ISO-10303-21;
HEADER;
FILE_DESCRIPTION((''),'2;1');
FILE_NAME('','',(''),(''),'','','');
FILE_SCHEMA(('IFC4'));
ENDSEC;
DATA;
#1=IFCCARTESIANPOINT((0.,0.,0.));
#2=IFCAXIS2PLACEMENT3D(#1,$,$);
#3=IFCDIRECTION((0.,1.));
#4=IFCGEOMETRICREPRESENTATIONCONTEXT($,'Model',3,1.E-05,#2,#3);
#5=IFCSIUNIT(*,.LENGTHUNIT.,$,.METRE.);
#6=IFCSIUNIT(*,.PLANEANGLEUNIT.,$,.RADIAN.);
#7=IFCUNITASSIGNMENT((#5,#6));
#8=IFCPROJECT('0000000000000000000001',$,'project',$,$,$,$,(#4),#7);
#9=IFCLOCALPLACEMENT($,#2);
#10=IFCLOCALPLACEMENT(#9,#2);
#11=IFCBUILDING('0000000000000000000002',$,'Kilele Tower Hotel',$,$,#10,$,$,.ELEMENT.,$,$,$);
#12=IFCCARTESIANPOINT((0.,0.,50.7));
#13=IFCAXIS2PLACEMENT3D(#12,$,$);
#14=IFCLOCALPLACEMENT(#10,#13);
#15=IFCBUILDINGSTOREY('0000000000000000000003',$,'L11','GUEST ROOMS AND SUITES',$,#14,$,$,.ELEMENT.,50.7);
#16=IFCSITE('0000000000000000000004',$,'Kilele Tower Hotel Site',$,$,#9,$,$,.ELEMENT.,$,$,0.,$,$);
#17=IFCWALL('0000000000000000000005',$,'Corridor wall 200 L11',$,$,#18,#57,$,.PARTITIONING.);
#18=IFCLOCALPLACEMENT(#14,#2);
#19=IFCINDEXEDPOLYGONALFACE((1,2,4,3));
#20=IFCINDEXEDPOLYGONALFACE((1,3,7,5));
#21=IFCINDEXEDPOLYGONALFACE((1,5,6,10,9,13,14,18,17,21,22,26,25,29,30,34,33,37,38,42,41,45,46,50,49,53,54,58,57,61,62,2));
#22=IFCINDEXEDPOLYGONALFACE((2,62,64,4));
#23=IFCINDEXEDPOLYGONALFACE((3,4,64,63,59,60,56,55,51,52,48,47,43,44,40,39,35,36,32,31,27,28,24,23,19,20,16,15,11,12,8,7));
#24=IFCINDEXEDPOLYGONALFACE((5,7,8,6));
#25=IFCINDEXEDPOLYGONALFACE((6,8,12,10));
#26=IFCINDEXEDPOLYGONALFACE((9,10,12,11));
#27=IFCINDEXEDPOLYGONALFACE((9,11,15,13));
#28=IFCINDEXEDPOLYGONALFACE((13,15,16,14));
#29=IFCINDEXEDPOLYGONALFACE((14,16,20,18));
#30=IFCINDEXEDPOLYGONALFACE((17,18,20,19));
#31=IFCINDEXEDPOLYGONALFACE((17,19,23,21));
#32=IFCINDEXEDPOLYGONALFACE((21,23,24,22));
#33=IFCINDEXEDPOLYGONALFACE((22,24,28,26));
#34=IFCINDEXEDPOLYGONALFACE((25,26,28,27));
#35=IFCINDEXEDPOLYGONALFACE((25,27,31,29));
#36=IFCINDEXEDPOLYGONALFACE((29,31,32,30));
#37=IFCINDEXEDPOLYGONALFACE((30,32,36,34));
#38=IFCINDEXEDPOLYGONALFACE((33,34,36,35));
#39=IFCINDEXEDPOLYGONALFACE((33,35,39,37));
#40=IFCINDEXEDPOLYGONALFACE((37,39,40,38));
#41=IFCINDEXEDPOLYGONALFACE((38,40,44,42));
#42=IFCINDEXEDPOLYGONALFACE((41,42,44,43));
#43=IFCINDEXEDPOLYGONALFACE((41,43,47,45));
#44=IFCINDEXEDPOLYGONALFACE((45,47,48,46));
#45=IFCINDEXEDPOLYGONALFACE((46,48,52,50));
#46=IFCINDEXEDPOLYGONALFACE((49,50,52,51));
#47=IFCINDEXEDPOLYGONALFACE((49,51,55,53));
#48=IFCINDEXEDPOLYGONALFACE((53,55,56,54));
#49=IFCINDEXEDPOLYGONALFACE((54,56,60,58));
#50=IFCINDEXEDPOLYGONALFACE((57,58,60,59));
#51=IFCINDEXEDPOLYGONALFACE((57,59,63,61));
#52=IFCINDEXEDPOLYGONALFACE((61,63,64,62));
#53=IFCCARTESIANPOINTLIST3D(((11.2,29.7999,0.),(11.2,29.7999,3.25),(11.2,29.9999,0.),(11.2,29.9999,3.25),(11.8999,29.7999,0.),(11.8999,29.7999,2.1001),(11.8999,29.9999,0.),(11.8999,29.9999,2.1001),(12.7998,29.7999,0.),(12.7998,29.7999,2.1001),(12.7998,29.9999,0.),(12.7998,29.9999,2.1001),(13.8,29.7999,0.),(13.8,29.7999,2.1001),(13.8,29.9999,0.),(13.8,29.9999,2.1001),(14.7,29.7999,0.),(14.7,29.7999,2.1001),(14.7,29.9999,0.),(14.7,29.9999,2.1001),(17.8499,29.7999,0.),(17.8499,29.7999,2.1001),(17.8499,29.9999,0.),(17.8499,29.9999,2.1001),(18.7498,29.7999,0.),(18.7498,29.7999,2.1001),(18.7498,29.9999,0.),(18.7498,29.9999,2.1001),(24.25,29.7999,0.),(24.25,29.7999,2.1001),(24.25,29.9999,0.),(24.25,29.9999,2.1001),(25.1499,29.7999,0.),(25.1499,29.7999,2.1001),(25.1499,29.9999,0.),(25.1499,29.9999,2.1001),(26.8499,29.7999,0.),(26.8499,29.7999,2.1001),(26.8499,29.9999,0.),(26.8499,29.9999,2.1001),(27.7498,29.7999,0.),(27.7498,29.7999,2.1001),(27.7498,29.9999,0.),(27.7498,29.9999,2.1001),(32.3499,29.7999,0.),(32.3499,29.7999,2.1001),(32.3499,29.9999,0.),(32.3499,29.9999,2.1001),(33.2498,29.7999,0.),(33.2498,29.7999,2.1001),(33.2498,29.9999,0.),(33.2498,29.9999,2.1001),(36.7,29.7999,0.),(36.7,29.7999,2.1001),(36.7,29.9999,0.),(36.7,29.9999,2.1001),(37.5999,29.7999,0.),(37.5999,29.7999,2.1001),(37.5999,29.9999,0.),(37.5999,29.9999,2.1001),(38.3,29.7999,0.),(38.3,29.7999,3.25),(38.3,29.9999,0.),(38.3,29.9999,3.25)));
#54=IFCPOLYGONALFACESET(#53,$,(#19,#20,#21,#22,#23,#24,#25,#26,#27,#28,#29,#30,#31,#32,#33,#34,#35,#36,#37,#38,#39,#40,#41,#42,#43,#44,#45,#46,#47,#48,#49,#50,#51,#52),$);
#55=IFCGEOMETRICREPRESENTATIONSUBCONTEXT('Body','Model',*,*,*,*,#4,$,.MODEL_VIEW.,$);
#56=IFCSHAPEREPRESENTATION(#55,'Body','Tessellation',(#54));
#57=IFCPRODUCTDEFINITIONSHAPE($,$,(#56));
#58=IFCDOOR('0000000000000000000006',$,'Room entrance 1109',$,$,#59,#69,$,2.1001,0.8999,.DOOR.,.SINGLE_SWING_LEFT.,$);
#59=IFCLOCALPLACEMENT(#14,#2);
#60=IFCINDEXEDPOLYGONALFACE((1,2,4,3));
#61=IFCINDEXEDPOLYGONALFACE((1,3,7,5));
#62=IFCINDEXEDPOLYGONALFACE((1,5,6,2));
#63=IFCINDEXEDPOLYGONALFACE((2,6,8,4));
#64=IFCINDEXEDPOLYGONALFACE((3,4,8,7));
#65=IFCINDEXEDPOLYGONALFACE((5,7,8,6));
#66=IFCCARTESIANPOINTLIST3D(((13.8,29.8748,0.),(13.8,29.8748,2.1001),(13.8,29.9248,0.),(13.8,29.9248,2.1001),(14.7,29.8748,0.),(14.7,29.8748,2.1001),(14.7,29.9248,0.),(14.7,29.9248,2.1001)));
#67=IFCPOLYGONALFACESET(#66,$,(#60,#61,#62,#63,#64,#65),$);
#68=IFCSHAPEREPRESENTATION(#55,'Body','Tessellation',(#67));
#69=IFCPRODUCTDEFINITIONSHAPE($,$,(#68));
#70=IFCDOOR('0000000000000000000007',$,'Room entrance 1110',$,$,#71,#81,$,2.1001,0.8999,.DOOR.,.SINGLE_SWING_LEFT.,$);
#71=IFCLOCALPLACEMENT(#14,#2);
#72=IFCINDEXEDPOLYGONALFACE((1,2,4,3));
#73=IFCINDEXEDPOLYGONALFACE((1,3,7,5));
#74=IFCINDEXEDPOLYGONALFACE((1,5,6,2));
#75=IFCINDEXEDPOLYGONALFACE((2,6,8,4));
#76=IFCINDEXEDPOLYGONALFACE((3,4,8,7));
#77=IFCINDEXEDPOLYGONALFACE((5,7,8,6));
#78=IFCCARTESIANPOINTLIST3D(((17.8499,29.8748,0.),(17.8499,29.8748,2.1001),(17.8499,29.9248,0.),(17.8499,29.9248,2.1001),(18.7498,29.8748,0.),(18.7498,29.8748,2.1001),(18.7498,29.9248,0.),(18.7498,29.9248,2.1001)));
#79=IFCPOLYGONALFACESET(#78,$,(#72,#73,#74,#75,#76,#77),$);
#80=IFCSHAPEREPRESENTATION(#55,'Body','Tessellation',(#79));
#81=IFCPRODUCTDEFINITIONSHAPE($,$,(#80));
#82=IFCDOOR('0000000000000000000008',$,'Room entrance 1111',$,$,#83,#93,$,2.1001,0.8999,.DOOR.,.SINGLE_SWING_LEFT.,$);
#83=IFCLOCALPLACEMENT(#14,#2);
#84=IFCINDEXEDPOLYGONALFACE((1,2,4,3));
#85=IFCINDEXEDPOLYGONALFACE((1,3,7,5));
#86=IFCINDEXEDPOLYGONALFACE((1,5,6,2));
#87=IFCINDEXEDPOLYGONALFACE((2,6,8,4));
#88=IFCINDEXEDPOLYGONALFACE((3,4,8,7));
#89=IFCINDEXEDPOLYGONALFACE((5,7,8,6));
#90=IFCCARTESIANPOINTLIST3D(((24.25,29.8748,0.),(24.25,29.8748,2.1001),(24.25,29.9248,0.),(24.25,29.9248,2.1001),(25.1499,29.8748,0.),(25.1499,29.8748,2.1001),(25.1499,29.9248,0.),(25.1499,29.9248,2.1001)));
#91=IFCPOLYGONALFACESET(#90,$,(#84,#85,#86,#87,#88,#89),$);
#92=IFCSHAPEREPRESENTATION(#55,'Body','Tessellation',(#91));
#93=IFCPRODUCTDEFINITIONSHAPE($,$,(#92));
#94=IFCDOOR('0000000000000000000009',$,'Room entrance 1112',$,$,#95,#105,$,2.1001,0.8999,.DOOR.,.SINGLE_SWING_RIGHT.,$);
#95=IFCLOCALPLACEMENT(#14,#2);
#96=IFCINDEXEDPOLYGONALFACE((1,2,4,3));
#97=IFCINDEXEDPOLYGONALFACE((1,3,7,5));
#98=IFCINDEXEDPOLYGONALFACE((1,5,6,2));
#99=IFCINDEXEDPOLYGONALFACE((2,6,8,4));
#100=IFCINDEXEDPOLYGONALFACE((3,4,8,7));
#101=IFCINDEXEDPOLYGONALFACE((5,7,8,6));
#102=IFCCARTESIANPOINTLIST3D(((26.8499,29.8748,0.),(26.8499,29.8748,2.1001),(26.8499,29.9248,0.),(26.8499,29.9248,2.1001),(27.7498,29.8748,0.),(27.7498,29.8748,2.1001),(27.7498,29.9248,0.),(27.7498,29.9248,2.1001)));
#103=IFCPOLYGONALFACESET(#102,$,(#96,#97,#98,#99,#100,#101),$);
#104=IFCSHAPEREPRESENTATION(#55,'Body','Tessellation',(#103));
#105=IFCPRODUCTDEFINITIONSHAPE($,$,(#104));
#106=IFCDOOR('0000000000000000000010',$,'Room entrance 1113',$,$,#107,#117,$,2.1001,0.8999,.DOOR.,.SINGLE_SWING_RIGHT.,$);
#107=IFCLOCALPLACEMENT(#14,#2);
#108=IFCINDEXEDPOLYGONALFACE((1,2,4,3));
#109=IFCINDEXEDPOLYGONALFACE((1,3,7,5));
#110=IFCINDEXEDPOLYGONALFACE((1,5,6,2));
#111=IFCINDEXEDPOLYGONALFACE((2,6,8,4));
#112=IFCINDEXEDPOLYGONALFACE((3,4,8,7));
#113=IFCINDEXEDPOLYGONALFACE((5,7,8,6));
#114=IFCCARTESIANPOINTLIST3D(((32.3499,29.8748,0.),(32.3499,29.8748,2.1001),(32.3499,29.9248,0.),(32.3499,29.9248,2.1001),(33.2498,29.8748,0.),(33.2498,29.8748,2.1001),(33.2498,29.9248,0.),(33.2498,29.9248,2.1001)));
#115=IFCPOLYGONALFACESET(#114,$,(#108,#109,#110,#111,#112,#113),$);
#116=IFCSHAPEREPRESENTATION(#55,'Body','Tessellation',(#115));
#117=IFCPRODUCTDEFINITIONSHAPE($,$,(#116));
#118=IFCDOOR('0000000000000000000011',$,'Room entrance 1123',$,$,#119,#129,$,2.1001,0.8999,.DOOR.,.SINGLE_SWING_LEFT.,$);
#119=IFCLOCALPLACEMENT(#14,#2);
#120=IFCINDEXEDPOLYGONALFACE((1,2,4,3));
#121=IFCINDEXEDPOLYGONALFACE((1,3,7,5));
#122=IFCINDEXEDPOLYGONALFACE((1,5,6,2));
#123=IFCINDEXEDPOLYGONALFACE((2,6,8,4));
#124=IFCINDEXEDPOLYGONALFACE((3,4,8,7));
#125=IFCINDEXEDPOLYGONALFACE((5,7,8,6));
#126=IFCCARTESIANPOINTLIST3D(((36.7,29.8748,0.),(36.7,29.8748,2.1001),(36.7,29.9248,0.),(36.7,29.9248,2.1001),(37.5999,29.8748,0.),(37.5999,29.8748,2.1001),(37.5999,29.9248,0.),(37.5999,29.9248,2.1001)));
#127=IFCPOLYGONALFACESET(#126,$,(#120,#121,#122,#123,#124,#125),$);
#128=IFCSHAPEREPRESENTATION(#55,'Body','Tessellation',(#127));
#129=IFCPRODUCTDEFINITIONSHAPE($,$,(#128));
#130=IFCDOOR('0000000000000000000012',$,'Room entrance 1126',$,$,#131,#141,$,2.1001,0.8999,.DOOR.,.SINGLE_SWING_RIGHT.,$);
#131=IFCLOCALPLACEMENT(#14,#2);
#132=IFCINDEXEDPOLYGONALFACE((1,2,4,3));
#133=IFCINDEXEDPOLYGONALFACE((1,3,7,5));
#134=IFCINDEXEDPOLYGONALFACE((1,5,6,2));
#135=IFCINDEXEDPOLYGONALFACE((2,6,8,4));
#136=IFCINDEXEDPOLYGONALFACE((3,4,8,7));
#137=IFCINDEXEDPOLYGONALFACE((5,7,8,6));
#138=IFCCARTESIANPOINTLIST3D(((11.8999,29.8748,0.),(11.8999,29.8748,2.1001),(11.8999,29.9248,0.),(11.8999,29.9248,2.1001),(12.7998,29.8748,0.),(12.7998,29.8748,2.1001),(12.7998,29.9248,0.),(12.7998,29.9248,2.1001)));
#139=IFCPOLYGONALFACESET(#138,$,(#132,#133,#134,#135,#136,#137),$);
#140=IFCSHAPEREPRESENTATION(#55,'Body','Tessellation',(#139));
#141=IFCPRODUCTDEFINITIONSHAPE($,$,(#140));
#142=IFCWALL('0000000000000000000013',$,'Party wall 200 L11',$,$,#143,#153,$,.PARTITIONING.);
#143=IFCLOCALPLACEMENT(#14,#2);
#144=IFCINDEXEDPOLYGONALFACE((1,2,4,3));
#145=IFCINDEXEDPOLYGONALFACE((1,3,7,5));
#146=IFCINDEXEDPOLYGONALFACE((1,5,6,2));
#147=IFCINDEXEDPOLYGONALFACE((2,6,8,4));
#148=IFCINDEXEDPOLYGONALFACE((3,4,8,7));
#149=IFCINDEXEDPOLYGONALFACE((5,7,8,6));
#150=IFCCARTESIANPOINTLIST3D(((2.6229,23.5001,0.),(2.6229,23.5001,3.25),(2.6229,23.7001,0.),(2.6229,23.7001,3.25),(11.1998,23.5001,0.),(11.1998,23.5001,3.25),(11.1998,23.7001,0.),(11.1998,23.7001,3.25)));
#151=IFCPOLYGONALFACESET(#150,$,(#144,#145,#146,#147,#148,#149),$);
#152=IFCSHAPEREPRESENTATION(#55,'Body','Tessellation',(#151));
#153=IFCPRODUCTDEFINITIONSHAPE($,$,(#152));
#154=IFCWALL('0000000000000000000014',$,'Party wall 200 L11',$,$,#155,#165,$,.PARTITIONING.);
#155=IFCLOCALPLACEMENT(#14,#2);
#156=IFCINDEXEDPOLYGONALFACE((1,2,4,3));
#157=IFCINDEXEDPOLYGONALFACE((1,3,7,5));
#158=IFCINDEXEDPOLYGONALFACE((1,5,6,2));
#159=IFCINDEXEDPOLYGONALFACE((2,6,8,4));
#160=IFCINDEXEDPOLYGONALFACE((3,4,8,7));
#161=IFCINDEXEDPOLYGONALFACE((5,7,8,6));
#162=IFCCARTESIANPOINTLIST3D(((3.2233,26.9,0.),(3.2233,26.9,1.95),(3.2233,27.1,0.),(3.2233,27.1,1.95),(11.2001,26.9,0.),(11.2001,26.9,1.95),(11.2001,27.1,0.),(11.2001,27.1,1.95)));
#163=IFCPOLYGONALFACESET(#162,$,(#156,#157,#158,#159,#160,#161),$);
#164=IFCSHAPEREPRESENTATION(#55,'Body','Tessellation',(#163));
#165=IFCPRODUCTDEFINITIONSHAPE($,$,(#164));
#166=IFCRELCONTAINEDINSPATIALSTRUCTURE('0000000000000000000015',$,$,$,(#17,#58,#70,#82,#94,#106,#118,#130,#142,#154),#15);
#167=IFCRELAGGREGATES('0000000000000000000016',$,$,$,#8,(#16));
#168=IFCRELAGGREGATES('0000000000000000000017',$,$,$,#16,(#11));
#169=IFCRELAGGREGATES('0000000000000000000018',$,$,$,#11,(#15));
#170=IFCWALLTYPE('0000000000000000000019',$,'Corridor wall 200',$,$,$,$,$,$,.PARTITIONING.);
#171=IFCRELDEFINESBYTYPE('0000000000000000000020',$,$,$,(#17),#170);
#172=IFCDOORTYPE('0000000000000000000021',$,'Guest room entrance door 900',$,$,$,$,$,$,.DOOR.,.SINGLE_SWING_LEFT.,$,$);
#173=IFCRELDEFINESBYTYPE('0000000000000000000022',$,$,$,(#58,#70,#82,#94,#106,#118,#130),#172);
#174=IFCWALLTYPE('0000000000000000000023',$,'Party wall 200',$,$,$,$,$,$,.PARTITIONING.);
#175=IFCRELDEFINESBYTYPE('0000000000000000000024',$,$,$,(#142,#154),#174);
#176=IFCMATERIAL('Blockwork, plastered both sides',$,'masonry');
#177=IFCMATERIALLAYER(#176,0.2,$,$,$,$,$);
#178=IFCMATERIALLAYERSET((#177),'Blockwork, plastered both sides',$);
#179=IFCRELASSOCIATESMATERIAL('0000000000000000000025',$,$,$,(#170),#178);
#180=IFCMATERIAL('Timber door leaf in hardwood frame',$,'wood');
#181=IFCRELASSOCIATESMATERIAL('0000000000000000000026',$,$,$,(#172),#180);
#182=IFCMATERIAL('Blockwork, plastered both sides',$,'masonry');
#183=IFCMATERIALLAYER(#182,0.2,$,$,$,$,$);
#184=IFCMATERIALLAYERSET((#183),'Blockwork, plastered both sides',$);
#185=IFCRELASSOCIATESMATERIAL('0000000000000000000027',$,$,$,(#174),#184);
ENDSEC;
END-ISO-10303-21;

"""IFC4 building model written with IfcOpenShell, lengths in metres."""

from ifc_helpers import new_model, si_unit, direction, frame, frame_2d, origin, place, context, subcontext, project, spatial, rectangle, extrude, material, layer, layer_set, type_object, element, fill, save


model = new_model("IFC4")

# Units and contexts
model_context = context("Model", 3, precision=1e-05, world=origin(), true_north=direction((0.0, 1.0)))
body_context = subcontext(model_context, "Body", "Model", "MODEL_VIEW")
ifc_project = project(units=[si_unit("LENGTHUNIT", "METRE"), si_unit("PLANEANGLEUNIT", "RADIAN")], contexts=[model_context])

# Site, building, storey
site_placement = place(None, origin())
site = spatial("IfcSite", under=ifc_project, at=site_placement, Name="Kilele Tower Hotel Site", CompositionType="ELEMENT", RefElevation=0.0)
building_placement = place(site_placement, origin())
building = spatial("IfcBuilding", under=site, at=building_placement, Name="Kilele Tower Hotel", CompositionType="ELEMENT")
storey_placement = place(building_placement, frame((0.0, 0.0, 50.7)))
storey = spatial("IfcBuildingStorey", under=building, at=storey_placement, Name="L11", Description="GUEST ROOMS AND SUITES", CompositionType="ELEMENT", Elevation=50.7)

# Wall, openings, doors
ifc_material_1 = material(Name="Blockwork, plastered both sides", Category="masonry")
ifc_layer_1 = layer(ifc_material_1, 0.2)
ifc_layer_set_1 = layer_set([ifc_layer_1], Name="Blockwork, plastered both sides")
wall_type_1 = type_object("IfcWallType", Name="Corridor wall 200", PredefinedType="PARTITIONING", material=ifc_layer_set_1)
wall_1_placement = place(storey_placement, frame((11.2, 29.8999, 0.0), z_axis=(0.0, 0.0, 1.0), x_axis=(1.0, 0.0, 0.0)))
wall_1 = element("IfcWall", 1, at=wall_1_placement, inside=storey, type_object=wall_type_1, Name="Corridor wall 200 L11", PredefinedType="PARTITIONING", context=body_context, shape_type="SweptSolid", body=[
    extrude(rectangle(XDim=27.1001, YDim=0.2, at=frame_2d((13.55, 0.0))), origin(), (0.0, 0.0, 1.0), 3.25),
])
opening_1_placement = place(wall_1_placement, frame((2.6001, 0.0, 0.0)))
opening_1 = element("IfcOpeningElement", 2, at=opening_1_placement, cuts=wall_1, PredefinedType="OPENING", context=body_context, shape_type="SweptSolid", body=[
    extrude(rectangle(XDim=0.8999, YDim=2.1001, at=frame_2d((0.45, 1.05))), frame((0.0, 0.1099, 0.0), z_axis=(0.0, -1.0, 0.0), x_axis=(1.0, 0.0, 0.0)), (0.0, 0.0, 1.0), 0.22),
])
opening_2_placement = place(wall_1_placement, frame((6.6499, 0.0, 0.0)))
opening_2 = element("IfcOpeningElement", 3, at=opening_2_placement, cuts=wall_1, PredefinedType="OPENING", context=body_context, shape_type="SweptSolid", body=[
    extrude(rectangle(XDim=0.8999, YDim=2.1001, at=frame_2d((0.45, 1.05))), frame((0.0, 0.1099, 0.0), z_axis=(0.0, -1.0, 0.0), x_axis=(1.0, 0.0, 0.0)), (0.0, 0.0, 1.0), 0.22),
])
opening_3_placement = place(wall_1_placement, frame((13.05, 0.0, 0.0)))
opening_3 = element("IfcOpeningElement", 4, at=opening_3_placement, cuts=wall_1, PredefinedType="OPENING", context=body_context, shape_type="SweptSolid", body=[
    extrude(rectangle(XDim=0.8999, YDim=2.1001, at=frame_2d((0.45, 1.05))), frame((0.0, 0.1099, 0.0), z_axis=(0.0, -1.0, 0.0), x_axis=(1.0, 0.0, 0.0)), (0.0, 0.0, 1.0), 0.22),
])
opening_4_placement = place(wall_1_placement, frame((15.6499, 0.0, 0.0)))
opening_4 = element("IfcOpeningElement", 5, at=opening_4_placement, cuts=wall_1, PredefinedType="OPENING", context=body_context, shape_type="SweptSolid", body=[
    extrude(rectangle(XDim=0.8999, YDim=2.1001, at=frame_2d((0.45, 1.05))), frame((0.0, 0.1099, 0.0), z_axis=(0.0, -1.0, 0.0), x_axis=(1.0, 0.0, 0.0)), (0.0, 0.0, 1.0), 0.22),
])
opening_5_placement = place(wall_1_placement, frame((21.1499, 0.0, 0.0)))
opening_5 = element("IfcOpeningElement", 6, at=opening_5_placement, cuts=wall_1, PredefinedType="OPENING", context=body_context, shape_type="SweptSolid", body=[
    extrude(rectangle(XDim=0.8999, YDim=2.1001, at=frame_2d((0.45, 1.05))), frame((0.0, 0.1099, 0.0), z_axis=(0.0, -1.0, 0.0), x_axis=(1.0, 0.0, 0.0)), (0.0, 0.0, 1.0), 0.22),
])
opening_6_placement = place(wall_1_placement, frame((25.5, 0.0, 0.0)))
opening_6 = element("IfcOpeningElement", 7, at=opening_6_placement, cuts=wall_1, PredefinedType="OPENING", context=body_context, shape_type="SweptSolid", body=[
    extrude(rectangle(XDim=0.8999, YDim=2.1001, at=frame_2d((0.45, 1.05))), frame((0.0, 0.1099, 0.0), z_axis=(0.0, -1.0, 0.0), x_axis=(1.0, 0.0, 0.0)), (0.0, 0.0, 1.0), 0.22),
])
opening_7_placement = place(wall_1_placement, frame((0.7, 0.0, 0.0)))
opening_7 = element("IfcOpeningElement", 8, at=opening_7_placement, cuts=wall_1, PredefinedType="OPENING", context=body_context, shape_type="SweptSolid", body=[
    extrude(rectangle(XDim=0.8999, YDim=2.1001, at=frame_2d((0.45, 1.05))), frame((0.0, 0.1099, 0.0), z_axis=(0.0, -1.0, 0.0), x_axis=(1.0, 0.0, 0.0)), (0.0, 0.0, 1.0), 0.22),
])
ifc_material_2 = material(Name="Timber door leaf in hardwood frame", Category="wood")
door_type_1 = type_object("IfcDoorType", Name="Guest room entrance door 900", OperationType="SINGLE_SWING_LEFT", PredefinedType="DOOR", material=ifc_material_2)
door_1_placement = place(opening_1_placement, origin())
door_1 = element("IfcDoor", 9, at=door_1_placement, inside=storey, type_object=door_type_1, Name="Room entrance 1109", OperationType="SINGLE_SWING_LEFT", OverallHeight=2.1001, OverallWidth=0.8999, PredefinedType="DOOR", context=body_context, shape_type="SweptSolid", body=[
    extrude(rectangle(XDim=0.8999, YDim=2.1001, at=frame_2d((0.45, 1.05))), frame((0.0, 0.0249, 0.0), z_axis=(0.0, -1.0, 0.0), x_axis=(1.0, 0.0, 0.0)), (0.0, 0.0, 1.0), 0.05),
])
fill(opening_1, door_1)
door_2_placement = place(opening_2_placement, origin())
door_2 = element("IfcDoor", 10, at=door_2_placement, inside=storey, type_object=door_type_1, Name="Room entrance 1110", OperationType="SINGLE_SWING_LEFT", OverallHeight=2.1001, OverallWidth=0.8999, PredefinedType="DOOR", context=body_context, shape_type="SweptSolid", body=[
    extrude(rectangle(XDim=0.8999, YDim=2.1001, at=frame_2d((0.45, 1.05))), frame((0.0, 0.0249, 0.0), z_axis=(0.0, -1.0, 0.0), x_axis=(1.0, 0.0, 0.0)), (0.0, 0.0, 1.0), 0.05),
])
fill(opening_2, door_2)
door_3_placement = place(opening_3_placement, origin())
door_3 = element("IfcDoor", 11, at=door_3_placement, inside=storey, type_object=door_type_1, Name="Room entrance 1111", OperationType="SINGLE_SWING_LEFT", OverallHeight=2.1001, OverallWidth=0.8999, PredefinedType="DOOR", context=body_context, shape_type="SweptSolid", body=[
    extrude(rectangle(XDim=0.8999, YDim=2.1001, at=frame_2d((0.45, 1.05))), frame((0.0, 0.0249, 0.0), z_axis=(0.0, -1.0, 0.0), x_axis=(1.0, 0.0, 0.0)), (0.0, 0.0, 1.0), 0.05),
])
fill(opening_3, door_3)
door_4_placement = place(opening_4_placement, origin())
door_4 = element("IfcDoor", 12, at=door_4_placement, inside=storey, type_object=door_type_1, Name="Room entrance 1112", OperationType="SINGLE_SWING_RIGHT", OverallHeight=2.1001, OverallWidth=0.8999, PredefinedType="DOOR", context=body_context, shape_type="SweptSolid", body=[
    extrude(rectangle(XDim=0.8999, YDim=2.1001, at=frame_2d((0.45, 1.05))), frame((0.0, 0.0249, 0.0), z_axis=(0.0, -1.0, 0.0), x_axis=(1.0, 0.0, 0.0)), (0.0, 0.0, 1.0), 0.05),
])
fill(opening_4, door_4)
door_5_placement = place(opening_5_placement, origin())
door_5 = element("IfcDoor", 13, at=door_5_placement, inside=storey, type_object=door_type_1, Name="Room entrance 1113", OperationType="SINGLE_SWING_RIGHT", OverallHeight=2.1001, OverallWidth=0.8999, PredefinedType="DOOR", context=body_context, shape_type="SweptSolid", body=[
    extrude(rectangle(XDim=0.8999, YDim=2.1001, at=frame_2d((0.45, 1.05))), frame((0.0, 0.0249, 0.0), z_axis=(0.0, -1.0, 0.0), x_axis=(1.0, 0.0, 0.0)), (0.0, 0.0, 1.0), 0.05),
])
fill(opening_5, door_5)
door_6_placement = place(opening_6_placement, origin())
door_6 = element("IfcDoor", 14, at=door_6_placement, inside=storey, type_object=door_type_1, Name="Room entrance 1123", OperationType="SINGLE_SWING_LEFT", OverallHeight=2.1001, OverallWidth=0.8999, PredefinedType="DOOR", context=body_context, shape_type="SweptSolid", body=[
    extrude(rectangle(XDim=0.8999, YDim=2.1001, at=frame_2d((0.45, 1.05))), frame((0.0, 0.0249, 0.0), z_axis=(0.0, -1.0, 0.0), x_axis=(1.0, 0.0, 0.0)), (0.0, 0.0, 1.0), 0.05),
])
fill(opening_6, door_6)
door_7_placement = place(opening_7_placement, origin())
door_7 = element("IfcDoor", 15, at=door_7_placement, inside=storey, type_object=door_type_1, Name="Room entrance 1126", OperationType="SINGLE_SWING_RIGHT", OverallHeight=2.1001, OverallWidth=0.8999, PredefinedType="DOOR", context=body_context, shape_type="SweptSolid", body=[
    extrude(rectangle(XDim=0.8999, YDim=2.1001, at=frame_2d((0.45, 1.05))), frame((0.0, 0.0249, 0.0), z_axis=(0.0, -1.0, 0.0), x_axis=(1.0, 0.0, 0.0)), (0.0, 0.0, 1.0), 0.05),
])
fill(opening_7, door_7)

# Walls
ifc_material_3 = material(Name="Blockwork, plastered both sides", Category="masonry")
ifc_layer_2 = layer(ifc_material_3, 0.2)
ifc_layer_set_2 = layer_set([ifc_layer_2], Name="Blockwork, plastered both sides")
wall_type_2 = type_object("IfcWallType", Name="Party wall 200", PredefinedType="PARTITIONING", material=ifc_layer_set_2)
wall_2_placement = place(storey_placement, frame((11.2, 23.6001, 0.0), z_axis=(0.0, 0.0, 1.0), x_axis=(-1.0, 0.0, 0.0)))
element("IfcWall", 16, at=wall_2_placement, inside=storey, type_object=wall_type_2, Name="Party wall 200 L11", PredefinedType="PARTITIONING", context=body_context, shape_type="SweptSolid", body=[
    extrude(rectangle(XDim=8.5769, YDim=0.2, at=frame_2d((4.2886, 0.0))), origin(), (0.0, 0.0, 1.0), 3.25),
])
wall_3_placement = place(storey_placement, frame((11.2, 27.0, 0.0), z_axis=(0.0, 0.0, 1.0), x_axis=(-1.0, 0.0, 0.0)))
element("IfcWall", 17, at=wall_3_placement, inside=storey, type_object=wall_type_2, Name="Party wall 200 L11", PredefinedType="PARTITIONING", context=body_context, shape_type="SweptSolid", body=[
    extrude(rectangle(XDim=7.9768, YDim=0.2, at=frame_2d((3.9883, 0.0))), origin(), (0.0, 0.0, 1.0), 1.95),
])

save(model, "model.ifc")
